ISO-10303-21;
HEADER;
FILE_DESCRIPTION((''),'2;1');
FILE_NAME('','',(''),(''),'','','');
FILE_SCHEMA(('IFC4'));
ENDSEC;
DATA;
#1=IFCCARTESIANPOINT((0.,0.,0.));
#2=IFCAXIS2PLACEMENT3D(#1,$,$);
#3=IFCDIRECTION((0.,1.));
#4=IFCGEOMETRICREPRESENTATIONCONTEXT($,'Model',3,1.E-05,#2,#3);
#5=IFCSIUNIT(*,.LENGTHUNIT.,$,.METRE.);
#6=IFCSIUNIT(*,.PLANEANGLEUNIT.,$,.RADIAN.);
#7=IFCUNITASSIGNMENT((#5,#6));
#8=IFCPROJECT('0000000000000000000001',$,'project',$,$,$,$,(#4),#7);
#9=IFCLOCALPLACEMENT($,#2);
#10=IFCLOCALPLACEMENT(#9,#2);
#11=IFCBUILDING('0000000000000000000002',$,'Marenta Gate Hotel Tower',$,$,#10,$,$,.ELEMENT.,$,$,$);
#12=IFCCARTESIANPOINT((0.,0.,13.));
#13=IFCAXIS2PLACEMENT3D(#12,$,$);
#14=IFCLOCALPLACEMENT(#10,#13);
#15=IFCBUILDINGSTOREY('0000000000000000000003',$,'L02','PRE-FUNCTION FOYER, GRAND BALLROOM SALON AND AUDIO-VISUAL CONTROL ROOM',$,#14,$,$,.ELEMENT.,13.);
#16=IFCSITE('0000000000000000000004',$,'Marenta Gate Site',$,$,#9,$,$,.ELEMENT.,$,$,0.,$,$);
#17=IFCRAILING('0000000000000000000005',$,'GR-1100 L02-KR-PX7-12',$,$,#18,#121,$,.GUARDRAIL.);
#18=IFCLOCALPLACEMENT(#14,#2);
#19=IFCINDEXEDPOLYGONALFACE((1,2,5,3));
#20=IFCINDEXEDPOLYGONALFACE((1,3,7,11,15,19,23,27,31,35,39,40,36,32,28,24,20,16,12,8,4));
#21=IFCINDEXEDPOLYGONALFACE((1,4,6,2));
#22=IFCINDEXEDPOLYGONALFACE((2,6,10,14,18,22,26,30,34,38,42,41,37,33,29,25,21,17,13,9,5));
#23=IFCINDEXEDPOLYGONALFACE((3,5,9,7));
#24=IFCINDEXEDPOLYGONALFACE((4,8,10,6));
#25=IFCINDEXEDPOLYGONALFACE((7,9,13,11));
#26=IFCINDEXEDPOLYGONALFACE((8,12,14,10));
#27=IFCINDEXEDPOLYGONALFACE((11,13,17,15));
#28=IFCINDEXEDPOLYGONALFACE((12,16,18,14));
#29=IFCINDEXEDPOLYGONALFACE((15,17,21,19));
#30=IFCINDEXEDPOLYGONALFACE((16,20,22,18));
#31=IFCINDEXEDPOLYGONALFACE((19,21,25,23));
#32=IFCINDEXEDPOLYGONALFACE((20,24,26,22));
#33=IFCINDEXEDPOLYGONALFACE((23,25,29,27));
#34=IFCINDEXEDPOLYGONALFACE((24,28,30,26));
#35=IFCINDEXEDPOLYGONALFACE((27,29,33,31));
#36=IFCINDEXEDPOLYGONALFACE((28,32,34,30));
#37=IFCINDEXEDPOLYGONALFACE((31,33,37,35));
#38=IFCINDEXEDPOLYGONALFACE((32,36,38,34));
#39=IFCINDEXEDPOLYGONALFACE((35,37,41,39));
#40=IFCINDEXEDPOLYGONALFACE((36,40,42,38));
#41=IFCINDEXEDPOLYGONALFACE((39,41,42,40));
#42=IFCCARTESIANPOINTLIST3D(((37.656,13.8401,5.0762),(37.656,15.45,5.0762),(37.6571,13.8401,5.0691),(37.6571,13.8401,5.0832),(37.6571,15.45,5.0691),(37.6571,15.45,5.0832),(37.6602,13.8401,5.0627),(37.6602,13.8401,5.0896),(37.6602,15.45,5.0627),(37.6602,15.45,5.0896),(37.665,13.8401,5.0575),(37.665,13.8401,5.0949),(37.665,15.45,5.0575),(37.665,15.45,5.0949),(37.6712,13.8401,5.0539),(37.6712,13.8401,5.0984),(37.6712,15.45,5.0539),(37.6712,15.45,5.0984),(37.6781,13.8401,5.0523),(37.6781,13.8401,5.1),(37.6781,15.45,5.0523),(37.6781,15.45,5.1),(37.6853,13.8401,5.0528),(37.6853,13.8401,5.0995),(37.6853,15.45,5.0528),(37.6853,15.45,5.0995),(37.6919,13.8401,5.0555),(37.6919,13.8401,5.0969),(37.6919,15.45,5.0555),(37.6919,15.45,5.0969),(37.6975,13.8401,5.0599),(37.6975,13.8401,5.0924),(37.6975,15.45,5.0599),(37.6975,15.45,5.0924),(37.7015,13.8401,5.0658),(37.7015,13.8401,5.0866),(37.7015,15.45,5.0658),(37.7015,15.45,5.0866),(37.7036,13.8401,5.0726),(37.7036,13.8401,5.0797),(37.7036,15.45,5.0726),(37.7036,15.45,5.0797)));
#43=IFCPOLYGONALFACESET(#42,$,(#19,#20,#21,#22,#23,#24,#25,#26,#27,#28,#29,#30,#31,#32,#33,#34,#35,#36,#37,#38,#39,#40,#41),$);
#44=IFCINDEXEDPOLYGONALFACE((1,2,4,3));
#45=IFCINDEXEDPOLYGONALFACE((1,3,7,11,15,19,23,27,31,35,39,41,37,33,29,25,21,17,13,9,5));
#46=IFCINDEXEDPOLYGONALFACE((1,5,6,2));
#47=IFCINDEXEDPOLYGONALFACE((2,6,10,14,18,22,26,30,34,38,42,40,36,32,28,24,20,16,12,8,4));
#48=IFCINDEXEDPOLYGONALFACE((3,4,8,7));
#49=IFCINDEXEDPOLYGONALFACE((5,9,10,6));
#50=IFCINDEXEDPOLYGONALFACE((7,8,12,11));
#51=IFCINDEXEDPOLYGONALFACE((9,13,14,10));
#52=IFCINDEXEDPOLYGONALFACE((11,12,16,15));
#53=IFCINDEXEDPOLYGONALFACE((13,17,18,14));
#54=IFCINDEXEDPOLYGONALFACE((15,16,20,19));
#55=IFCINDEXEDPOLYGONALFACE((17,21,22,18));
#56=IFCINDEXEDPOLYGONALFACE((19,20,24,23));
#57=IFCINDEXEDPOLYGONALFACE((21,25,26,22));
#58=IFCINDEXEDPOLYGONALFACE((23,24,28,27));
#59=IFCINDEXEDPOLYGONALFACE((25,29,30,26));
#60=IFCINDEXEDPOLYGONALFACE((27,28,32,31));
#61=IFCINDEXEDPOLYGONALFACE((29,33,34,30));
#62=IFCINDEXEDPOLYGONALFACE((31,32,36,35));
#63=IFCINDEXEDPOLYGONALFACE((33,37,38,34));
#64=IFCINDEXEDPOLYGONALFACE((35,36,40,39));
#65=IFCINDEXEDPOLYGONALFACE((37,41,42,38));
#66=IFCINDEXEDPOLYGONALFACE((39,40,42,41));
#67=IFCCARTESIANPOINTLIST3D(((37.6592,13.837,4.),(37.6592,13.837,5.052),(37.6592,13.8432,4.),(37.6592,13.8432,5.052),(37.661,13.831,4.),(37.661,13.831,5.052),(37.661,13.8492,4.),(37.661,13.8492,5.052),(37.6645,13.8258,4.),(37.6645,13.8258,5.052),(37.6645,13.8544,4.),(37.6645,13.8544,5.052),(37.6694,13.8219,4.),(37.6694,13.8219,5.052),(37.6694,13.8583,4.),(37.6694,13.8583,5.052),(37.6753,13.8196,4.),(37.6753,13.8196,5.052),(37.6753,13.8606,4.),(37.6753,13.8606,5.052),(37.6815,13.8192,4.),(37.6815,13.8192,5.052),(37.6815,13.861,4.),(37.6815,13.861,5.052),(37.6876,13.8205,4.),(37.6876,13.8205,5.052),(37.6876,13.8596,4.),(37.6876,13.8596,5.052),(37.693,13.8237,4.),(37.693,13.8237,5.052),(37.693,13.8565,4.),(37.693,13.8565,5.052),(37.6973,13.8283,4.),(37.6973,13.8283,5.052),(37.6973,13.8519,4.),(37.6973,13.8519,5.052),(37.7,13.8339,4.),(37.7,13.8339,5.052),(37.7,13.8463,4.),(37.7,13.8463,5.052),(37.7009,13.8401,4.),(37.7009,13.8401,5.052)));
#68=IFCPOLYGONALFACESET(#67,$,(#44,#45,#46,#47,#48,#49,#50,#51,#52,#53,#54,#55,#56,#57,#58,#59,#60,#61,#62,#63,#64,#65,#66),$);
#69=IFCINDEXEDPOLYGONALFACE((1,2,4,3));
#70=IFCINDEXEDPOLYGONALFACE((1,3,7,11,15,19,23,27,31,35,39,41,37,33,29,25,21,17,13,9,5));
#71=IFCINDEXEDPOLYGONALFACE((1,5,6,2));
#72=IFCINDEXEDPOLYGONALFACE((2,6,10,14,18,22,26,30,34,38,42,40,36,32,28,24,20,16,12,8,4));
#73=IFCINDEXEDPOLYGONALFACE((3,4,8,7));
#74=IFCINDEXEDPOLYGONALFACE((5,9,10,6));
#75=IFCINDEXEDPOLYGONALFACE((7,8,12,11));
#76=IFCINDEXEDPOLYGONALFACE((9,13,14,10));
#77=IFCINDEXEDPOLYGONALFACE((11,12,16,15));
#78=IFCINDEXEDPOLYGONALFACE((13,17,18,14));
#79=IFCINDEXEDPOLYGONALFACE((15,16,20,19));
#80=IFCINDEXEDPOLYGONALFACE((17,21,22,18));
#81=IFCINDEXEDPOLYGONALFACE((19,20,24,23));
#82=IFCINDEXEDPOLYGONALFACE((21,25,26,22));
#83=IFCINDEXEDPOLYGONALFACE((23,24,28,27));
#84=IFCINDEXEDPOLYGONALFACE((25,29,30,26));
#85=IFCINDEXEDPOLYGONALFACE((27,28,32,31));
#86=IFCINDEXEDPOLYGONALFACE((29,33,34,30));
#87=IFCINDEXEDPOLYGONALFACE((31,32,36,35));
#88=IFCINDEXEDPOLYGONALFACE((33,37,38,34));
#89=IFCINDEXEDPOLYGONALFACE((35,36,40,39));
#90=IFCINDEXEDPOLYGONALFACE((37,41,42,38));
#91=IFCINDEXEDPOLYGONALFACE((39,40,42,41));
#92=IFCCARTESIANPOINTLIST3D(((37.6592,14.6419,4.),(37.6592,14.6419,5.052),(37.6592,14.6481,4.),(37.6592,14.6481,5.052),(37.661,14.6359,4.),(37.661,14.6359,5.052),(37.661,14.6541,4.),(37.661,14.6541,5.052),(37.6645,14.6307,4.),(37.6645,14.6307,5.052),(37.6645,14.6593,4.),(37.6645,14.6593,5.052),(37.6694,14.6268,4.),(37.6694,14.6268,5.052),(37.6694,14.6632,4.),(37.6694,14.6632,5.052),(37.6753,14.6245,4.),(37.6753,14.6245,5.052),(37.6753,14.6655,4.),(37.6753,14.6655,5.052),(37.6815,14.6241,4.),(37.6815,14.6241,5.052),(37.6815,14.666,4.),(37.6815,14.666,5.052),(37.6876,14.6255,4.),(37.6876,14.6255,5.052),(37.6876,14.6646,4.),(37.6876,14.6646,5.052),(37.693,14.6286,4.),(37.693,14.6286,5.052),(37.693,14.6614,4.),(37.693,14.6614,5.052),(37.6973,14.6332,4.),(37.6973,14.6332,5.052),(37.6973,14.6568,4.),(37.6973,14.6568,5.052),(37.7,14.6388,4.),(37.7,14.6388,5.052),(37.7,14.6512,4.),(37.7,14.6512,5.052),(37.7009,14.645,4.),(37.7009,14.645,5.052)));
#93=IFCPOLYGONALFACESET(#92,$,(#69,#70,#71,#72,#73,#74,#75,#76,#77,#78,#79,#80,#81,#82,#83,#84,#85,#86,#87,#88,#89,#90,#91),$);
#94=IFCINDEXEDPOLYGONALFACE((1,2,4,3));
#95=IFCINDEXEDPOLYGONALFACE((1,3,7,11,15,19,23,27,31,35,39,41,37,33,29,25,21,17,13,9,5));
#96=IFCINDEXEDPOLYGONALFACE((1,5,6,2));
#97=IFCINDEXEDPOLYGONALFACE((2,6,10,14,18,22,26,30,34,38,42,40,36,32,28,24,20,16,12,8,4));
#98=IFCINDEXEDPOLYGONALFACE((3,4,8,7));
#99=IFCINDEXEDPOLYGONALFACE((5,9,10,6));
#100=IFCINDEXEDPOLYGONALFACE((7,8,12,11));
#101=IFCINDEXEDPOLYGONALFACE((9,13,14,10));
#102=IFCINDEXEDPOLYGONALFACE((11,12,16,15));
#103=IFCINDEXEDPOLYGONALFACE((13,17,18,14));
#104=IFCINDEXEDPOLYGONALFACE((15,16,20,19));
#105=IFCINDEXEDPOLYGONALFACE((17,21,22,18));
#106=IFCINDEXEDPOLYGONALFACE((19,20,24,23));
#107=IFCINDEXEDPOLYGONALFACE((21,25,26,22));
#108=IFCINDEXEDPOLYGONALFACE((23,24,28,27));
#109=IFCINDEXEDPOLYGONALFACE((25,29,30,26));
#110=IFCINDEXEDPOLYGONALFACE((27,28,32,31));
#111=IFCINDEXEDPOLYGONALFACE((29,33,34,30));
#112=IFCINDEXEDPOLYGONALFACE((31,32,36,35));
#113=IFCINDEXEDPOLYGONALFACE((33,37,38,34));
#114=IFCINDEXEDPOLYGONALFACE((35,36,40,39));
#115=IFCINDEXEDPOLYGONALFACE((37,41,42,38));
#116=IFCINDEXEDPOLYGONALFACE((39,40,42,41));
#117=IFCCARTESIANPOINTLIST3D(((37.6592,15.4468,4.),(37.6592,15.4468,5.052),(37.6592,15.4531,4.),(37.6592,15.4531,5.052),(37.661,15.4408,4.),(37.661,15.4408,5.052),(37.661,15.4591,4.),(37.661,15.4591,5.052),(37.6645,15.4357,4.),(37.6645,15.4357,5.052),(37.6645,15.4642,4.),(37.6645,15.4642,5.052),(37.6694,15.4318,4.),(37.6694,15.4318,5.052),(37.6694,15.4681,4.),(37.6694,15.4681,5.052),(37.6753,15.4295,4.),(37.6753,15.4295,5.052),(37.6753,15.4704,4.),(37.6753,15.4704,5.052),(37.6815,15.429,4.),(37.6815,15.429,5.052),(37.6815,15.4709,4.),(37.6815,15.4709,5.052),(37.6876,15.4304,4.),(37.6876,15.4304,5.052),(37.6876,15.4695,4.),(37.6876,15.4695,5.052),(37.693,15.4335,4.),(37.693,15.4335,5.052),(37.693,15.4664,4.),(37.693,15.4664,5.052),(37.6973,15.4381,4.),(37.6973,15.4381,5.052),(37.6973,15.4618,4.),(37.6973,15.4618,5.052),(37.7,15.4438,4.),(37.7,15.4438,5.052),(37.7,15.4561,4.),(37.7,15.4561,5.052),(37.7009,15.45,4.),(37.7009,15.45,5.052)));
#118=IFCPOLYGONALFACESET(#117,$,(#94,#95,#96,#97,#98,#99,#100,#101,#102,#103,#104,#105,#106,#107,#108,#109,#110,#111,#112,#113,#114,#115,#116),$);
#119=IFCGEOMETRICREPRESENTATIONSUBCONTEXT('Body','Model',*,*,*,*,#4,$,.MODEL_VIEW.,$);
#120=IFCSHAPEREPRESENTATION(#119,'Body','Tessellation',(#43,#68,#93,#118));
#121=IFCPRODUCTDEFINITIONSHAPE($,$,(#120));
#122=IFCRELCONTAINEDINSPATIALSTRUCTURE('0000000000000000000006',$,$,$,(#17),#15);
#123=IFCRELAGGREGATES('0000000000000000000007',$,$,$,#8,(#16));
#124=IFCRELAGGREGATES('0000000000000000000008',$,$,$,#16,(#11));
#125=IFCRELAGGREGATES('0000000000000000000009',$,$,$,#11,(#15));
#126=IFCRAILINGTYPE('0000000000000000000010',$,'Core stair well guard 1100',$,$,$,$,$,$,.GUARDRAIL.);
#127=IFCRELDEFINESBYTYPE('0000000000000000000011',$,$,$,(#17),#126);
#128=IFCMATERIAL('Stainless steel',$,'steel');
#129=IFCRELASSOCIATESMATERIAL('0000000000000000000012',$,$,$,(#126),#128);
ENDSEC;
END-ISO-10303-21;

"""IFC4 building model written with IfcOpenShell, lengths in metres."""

from ifc_helpers import new_model, si_unit, direction, frame, origin, origin_2d, place, context, subcontext, project, spatial, circle, extrude, material, type_object, element, save


model = new_model("IFC4")

# Units and contexts
model_context = context("Model", 3, precision=1e-05, world=origin(), true_north=direction((0.0, 1.0)))
body_context = subcontext(model_context, "Body", "Model", "MODEL_VIEW")
ifc_project = project(units=[si_unit("LENGTHUNIT", "METRE"), si_unit("PLANEANGLEUNIT", "RADIAN")], contexts=[model_context])

# Site, building, storey
site_placement = place(None, origin())
site = spatial("IfcSite", under=ifc_project, at=site_placement, Name="Marenta Gate Site", CompositionType="ELEMENT", RefElevation=0.0)
building_placement = place(site_placement, origin())
building = spatial("IfcBuilding", under=site, at=building_placement, Name="Marenta Gate Hotel Tower", CompositionType="ELEMENT")
storey_placement = place(building_placement, frame((0.0, 0.0, 13.0)))
storey = spatial("IfcBuildingStorey", under=building, at=storey_placement, Name="L02", Description="PRE-FUNCTION FOYER, GRAND BALLROOM SALON AND AUDIO-VISUAL CONTROL ROOM", CompositionType="ELEMENT", Elevation=13.0)

# Railing
ifc_material_1 = material(Name="Stainless steel", Category="steel")
railing_type_1 = type_object("IfcRailingType", Name="Core stair well guard 1100", PredefinedType="GUARDRAIL", material=ifc_material_1)
railing_1_placement = place(storey_placement, frame((37.6799, 13.8401, 4.0)))
element("IfcRailing", 1, at=railing_1_placement, inside=storey, type_object=railing_type_1, Name="GR-1100 L02-KR-PX7-12", PredefinedType="GUARDRAIL", context=body_context, shape_type="SweptSolid", body=[
    extrude(circle(Radius=0.0239, at=origin_2d()), frame((0.0, 0.0, 1.0762), z_axis=(0.0, 1.0, 0.0), x_axis=(-1.0, 0.0, 0.0)), (0.0, 0.0, 1.0), 1.6099),
    extrude(circle(Radius=0.021, at=origin_2d()), origin(), (0.0, 0.0, 1.0), 1.052),
    extrude(circle(Radius=0.021, at=origin_2d()), frame((0.0, 0.8049, 0.0)), (0.0, 0.0, 1.0), 1.052),
    extrude(circle(Radius=0.021, at=origin_2d()), frame((0.0, 1.6099, 0.0)), (0.0, 0.0, 1.0), 1.052),
])

save(model, "model.ifc")
